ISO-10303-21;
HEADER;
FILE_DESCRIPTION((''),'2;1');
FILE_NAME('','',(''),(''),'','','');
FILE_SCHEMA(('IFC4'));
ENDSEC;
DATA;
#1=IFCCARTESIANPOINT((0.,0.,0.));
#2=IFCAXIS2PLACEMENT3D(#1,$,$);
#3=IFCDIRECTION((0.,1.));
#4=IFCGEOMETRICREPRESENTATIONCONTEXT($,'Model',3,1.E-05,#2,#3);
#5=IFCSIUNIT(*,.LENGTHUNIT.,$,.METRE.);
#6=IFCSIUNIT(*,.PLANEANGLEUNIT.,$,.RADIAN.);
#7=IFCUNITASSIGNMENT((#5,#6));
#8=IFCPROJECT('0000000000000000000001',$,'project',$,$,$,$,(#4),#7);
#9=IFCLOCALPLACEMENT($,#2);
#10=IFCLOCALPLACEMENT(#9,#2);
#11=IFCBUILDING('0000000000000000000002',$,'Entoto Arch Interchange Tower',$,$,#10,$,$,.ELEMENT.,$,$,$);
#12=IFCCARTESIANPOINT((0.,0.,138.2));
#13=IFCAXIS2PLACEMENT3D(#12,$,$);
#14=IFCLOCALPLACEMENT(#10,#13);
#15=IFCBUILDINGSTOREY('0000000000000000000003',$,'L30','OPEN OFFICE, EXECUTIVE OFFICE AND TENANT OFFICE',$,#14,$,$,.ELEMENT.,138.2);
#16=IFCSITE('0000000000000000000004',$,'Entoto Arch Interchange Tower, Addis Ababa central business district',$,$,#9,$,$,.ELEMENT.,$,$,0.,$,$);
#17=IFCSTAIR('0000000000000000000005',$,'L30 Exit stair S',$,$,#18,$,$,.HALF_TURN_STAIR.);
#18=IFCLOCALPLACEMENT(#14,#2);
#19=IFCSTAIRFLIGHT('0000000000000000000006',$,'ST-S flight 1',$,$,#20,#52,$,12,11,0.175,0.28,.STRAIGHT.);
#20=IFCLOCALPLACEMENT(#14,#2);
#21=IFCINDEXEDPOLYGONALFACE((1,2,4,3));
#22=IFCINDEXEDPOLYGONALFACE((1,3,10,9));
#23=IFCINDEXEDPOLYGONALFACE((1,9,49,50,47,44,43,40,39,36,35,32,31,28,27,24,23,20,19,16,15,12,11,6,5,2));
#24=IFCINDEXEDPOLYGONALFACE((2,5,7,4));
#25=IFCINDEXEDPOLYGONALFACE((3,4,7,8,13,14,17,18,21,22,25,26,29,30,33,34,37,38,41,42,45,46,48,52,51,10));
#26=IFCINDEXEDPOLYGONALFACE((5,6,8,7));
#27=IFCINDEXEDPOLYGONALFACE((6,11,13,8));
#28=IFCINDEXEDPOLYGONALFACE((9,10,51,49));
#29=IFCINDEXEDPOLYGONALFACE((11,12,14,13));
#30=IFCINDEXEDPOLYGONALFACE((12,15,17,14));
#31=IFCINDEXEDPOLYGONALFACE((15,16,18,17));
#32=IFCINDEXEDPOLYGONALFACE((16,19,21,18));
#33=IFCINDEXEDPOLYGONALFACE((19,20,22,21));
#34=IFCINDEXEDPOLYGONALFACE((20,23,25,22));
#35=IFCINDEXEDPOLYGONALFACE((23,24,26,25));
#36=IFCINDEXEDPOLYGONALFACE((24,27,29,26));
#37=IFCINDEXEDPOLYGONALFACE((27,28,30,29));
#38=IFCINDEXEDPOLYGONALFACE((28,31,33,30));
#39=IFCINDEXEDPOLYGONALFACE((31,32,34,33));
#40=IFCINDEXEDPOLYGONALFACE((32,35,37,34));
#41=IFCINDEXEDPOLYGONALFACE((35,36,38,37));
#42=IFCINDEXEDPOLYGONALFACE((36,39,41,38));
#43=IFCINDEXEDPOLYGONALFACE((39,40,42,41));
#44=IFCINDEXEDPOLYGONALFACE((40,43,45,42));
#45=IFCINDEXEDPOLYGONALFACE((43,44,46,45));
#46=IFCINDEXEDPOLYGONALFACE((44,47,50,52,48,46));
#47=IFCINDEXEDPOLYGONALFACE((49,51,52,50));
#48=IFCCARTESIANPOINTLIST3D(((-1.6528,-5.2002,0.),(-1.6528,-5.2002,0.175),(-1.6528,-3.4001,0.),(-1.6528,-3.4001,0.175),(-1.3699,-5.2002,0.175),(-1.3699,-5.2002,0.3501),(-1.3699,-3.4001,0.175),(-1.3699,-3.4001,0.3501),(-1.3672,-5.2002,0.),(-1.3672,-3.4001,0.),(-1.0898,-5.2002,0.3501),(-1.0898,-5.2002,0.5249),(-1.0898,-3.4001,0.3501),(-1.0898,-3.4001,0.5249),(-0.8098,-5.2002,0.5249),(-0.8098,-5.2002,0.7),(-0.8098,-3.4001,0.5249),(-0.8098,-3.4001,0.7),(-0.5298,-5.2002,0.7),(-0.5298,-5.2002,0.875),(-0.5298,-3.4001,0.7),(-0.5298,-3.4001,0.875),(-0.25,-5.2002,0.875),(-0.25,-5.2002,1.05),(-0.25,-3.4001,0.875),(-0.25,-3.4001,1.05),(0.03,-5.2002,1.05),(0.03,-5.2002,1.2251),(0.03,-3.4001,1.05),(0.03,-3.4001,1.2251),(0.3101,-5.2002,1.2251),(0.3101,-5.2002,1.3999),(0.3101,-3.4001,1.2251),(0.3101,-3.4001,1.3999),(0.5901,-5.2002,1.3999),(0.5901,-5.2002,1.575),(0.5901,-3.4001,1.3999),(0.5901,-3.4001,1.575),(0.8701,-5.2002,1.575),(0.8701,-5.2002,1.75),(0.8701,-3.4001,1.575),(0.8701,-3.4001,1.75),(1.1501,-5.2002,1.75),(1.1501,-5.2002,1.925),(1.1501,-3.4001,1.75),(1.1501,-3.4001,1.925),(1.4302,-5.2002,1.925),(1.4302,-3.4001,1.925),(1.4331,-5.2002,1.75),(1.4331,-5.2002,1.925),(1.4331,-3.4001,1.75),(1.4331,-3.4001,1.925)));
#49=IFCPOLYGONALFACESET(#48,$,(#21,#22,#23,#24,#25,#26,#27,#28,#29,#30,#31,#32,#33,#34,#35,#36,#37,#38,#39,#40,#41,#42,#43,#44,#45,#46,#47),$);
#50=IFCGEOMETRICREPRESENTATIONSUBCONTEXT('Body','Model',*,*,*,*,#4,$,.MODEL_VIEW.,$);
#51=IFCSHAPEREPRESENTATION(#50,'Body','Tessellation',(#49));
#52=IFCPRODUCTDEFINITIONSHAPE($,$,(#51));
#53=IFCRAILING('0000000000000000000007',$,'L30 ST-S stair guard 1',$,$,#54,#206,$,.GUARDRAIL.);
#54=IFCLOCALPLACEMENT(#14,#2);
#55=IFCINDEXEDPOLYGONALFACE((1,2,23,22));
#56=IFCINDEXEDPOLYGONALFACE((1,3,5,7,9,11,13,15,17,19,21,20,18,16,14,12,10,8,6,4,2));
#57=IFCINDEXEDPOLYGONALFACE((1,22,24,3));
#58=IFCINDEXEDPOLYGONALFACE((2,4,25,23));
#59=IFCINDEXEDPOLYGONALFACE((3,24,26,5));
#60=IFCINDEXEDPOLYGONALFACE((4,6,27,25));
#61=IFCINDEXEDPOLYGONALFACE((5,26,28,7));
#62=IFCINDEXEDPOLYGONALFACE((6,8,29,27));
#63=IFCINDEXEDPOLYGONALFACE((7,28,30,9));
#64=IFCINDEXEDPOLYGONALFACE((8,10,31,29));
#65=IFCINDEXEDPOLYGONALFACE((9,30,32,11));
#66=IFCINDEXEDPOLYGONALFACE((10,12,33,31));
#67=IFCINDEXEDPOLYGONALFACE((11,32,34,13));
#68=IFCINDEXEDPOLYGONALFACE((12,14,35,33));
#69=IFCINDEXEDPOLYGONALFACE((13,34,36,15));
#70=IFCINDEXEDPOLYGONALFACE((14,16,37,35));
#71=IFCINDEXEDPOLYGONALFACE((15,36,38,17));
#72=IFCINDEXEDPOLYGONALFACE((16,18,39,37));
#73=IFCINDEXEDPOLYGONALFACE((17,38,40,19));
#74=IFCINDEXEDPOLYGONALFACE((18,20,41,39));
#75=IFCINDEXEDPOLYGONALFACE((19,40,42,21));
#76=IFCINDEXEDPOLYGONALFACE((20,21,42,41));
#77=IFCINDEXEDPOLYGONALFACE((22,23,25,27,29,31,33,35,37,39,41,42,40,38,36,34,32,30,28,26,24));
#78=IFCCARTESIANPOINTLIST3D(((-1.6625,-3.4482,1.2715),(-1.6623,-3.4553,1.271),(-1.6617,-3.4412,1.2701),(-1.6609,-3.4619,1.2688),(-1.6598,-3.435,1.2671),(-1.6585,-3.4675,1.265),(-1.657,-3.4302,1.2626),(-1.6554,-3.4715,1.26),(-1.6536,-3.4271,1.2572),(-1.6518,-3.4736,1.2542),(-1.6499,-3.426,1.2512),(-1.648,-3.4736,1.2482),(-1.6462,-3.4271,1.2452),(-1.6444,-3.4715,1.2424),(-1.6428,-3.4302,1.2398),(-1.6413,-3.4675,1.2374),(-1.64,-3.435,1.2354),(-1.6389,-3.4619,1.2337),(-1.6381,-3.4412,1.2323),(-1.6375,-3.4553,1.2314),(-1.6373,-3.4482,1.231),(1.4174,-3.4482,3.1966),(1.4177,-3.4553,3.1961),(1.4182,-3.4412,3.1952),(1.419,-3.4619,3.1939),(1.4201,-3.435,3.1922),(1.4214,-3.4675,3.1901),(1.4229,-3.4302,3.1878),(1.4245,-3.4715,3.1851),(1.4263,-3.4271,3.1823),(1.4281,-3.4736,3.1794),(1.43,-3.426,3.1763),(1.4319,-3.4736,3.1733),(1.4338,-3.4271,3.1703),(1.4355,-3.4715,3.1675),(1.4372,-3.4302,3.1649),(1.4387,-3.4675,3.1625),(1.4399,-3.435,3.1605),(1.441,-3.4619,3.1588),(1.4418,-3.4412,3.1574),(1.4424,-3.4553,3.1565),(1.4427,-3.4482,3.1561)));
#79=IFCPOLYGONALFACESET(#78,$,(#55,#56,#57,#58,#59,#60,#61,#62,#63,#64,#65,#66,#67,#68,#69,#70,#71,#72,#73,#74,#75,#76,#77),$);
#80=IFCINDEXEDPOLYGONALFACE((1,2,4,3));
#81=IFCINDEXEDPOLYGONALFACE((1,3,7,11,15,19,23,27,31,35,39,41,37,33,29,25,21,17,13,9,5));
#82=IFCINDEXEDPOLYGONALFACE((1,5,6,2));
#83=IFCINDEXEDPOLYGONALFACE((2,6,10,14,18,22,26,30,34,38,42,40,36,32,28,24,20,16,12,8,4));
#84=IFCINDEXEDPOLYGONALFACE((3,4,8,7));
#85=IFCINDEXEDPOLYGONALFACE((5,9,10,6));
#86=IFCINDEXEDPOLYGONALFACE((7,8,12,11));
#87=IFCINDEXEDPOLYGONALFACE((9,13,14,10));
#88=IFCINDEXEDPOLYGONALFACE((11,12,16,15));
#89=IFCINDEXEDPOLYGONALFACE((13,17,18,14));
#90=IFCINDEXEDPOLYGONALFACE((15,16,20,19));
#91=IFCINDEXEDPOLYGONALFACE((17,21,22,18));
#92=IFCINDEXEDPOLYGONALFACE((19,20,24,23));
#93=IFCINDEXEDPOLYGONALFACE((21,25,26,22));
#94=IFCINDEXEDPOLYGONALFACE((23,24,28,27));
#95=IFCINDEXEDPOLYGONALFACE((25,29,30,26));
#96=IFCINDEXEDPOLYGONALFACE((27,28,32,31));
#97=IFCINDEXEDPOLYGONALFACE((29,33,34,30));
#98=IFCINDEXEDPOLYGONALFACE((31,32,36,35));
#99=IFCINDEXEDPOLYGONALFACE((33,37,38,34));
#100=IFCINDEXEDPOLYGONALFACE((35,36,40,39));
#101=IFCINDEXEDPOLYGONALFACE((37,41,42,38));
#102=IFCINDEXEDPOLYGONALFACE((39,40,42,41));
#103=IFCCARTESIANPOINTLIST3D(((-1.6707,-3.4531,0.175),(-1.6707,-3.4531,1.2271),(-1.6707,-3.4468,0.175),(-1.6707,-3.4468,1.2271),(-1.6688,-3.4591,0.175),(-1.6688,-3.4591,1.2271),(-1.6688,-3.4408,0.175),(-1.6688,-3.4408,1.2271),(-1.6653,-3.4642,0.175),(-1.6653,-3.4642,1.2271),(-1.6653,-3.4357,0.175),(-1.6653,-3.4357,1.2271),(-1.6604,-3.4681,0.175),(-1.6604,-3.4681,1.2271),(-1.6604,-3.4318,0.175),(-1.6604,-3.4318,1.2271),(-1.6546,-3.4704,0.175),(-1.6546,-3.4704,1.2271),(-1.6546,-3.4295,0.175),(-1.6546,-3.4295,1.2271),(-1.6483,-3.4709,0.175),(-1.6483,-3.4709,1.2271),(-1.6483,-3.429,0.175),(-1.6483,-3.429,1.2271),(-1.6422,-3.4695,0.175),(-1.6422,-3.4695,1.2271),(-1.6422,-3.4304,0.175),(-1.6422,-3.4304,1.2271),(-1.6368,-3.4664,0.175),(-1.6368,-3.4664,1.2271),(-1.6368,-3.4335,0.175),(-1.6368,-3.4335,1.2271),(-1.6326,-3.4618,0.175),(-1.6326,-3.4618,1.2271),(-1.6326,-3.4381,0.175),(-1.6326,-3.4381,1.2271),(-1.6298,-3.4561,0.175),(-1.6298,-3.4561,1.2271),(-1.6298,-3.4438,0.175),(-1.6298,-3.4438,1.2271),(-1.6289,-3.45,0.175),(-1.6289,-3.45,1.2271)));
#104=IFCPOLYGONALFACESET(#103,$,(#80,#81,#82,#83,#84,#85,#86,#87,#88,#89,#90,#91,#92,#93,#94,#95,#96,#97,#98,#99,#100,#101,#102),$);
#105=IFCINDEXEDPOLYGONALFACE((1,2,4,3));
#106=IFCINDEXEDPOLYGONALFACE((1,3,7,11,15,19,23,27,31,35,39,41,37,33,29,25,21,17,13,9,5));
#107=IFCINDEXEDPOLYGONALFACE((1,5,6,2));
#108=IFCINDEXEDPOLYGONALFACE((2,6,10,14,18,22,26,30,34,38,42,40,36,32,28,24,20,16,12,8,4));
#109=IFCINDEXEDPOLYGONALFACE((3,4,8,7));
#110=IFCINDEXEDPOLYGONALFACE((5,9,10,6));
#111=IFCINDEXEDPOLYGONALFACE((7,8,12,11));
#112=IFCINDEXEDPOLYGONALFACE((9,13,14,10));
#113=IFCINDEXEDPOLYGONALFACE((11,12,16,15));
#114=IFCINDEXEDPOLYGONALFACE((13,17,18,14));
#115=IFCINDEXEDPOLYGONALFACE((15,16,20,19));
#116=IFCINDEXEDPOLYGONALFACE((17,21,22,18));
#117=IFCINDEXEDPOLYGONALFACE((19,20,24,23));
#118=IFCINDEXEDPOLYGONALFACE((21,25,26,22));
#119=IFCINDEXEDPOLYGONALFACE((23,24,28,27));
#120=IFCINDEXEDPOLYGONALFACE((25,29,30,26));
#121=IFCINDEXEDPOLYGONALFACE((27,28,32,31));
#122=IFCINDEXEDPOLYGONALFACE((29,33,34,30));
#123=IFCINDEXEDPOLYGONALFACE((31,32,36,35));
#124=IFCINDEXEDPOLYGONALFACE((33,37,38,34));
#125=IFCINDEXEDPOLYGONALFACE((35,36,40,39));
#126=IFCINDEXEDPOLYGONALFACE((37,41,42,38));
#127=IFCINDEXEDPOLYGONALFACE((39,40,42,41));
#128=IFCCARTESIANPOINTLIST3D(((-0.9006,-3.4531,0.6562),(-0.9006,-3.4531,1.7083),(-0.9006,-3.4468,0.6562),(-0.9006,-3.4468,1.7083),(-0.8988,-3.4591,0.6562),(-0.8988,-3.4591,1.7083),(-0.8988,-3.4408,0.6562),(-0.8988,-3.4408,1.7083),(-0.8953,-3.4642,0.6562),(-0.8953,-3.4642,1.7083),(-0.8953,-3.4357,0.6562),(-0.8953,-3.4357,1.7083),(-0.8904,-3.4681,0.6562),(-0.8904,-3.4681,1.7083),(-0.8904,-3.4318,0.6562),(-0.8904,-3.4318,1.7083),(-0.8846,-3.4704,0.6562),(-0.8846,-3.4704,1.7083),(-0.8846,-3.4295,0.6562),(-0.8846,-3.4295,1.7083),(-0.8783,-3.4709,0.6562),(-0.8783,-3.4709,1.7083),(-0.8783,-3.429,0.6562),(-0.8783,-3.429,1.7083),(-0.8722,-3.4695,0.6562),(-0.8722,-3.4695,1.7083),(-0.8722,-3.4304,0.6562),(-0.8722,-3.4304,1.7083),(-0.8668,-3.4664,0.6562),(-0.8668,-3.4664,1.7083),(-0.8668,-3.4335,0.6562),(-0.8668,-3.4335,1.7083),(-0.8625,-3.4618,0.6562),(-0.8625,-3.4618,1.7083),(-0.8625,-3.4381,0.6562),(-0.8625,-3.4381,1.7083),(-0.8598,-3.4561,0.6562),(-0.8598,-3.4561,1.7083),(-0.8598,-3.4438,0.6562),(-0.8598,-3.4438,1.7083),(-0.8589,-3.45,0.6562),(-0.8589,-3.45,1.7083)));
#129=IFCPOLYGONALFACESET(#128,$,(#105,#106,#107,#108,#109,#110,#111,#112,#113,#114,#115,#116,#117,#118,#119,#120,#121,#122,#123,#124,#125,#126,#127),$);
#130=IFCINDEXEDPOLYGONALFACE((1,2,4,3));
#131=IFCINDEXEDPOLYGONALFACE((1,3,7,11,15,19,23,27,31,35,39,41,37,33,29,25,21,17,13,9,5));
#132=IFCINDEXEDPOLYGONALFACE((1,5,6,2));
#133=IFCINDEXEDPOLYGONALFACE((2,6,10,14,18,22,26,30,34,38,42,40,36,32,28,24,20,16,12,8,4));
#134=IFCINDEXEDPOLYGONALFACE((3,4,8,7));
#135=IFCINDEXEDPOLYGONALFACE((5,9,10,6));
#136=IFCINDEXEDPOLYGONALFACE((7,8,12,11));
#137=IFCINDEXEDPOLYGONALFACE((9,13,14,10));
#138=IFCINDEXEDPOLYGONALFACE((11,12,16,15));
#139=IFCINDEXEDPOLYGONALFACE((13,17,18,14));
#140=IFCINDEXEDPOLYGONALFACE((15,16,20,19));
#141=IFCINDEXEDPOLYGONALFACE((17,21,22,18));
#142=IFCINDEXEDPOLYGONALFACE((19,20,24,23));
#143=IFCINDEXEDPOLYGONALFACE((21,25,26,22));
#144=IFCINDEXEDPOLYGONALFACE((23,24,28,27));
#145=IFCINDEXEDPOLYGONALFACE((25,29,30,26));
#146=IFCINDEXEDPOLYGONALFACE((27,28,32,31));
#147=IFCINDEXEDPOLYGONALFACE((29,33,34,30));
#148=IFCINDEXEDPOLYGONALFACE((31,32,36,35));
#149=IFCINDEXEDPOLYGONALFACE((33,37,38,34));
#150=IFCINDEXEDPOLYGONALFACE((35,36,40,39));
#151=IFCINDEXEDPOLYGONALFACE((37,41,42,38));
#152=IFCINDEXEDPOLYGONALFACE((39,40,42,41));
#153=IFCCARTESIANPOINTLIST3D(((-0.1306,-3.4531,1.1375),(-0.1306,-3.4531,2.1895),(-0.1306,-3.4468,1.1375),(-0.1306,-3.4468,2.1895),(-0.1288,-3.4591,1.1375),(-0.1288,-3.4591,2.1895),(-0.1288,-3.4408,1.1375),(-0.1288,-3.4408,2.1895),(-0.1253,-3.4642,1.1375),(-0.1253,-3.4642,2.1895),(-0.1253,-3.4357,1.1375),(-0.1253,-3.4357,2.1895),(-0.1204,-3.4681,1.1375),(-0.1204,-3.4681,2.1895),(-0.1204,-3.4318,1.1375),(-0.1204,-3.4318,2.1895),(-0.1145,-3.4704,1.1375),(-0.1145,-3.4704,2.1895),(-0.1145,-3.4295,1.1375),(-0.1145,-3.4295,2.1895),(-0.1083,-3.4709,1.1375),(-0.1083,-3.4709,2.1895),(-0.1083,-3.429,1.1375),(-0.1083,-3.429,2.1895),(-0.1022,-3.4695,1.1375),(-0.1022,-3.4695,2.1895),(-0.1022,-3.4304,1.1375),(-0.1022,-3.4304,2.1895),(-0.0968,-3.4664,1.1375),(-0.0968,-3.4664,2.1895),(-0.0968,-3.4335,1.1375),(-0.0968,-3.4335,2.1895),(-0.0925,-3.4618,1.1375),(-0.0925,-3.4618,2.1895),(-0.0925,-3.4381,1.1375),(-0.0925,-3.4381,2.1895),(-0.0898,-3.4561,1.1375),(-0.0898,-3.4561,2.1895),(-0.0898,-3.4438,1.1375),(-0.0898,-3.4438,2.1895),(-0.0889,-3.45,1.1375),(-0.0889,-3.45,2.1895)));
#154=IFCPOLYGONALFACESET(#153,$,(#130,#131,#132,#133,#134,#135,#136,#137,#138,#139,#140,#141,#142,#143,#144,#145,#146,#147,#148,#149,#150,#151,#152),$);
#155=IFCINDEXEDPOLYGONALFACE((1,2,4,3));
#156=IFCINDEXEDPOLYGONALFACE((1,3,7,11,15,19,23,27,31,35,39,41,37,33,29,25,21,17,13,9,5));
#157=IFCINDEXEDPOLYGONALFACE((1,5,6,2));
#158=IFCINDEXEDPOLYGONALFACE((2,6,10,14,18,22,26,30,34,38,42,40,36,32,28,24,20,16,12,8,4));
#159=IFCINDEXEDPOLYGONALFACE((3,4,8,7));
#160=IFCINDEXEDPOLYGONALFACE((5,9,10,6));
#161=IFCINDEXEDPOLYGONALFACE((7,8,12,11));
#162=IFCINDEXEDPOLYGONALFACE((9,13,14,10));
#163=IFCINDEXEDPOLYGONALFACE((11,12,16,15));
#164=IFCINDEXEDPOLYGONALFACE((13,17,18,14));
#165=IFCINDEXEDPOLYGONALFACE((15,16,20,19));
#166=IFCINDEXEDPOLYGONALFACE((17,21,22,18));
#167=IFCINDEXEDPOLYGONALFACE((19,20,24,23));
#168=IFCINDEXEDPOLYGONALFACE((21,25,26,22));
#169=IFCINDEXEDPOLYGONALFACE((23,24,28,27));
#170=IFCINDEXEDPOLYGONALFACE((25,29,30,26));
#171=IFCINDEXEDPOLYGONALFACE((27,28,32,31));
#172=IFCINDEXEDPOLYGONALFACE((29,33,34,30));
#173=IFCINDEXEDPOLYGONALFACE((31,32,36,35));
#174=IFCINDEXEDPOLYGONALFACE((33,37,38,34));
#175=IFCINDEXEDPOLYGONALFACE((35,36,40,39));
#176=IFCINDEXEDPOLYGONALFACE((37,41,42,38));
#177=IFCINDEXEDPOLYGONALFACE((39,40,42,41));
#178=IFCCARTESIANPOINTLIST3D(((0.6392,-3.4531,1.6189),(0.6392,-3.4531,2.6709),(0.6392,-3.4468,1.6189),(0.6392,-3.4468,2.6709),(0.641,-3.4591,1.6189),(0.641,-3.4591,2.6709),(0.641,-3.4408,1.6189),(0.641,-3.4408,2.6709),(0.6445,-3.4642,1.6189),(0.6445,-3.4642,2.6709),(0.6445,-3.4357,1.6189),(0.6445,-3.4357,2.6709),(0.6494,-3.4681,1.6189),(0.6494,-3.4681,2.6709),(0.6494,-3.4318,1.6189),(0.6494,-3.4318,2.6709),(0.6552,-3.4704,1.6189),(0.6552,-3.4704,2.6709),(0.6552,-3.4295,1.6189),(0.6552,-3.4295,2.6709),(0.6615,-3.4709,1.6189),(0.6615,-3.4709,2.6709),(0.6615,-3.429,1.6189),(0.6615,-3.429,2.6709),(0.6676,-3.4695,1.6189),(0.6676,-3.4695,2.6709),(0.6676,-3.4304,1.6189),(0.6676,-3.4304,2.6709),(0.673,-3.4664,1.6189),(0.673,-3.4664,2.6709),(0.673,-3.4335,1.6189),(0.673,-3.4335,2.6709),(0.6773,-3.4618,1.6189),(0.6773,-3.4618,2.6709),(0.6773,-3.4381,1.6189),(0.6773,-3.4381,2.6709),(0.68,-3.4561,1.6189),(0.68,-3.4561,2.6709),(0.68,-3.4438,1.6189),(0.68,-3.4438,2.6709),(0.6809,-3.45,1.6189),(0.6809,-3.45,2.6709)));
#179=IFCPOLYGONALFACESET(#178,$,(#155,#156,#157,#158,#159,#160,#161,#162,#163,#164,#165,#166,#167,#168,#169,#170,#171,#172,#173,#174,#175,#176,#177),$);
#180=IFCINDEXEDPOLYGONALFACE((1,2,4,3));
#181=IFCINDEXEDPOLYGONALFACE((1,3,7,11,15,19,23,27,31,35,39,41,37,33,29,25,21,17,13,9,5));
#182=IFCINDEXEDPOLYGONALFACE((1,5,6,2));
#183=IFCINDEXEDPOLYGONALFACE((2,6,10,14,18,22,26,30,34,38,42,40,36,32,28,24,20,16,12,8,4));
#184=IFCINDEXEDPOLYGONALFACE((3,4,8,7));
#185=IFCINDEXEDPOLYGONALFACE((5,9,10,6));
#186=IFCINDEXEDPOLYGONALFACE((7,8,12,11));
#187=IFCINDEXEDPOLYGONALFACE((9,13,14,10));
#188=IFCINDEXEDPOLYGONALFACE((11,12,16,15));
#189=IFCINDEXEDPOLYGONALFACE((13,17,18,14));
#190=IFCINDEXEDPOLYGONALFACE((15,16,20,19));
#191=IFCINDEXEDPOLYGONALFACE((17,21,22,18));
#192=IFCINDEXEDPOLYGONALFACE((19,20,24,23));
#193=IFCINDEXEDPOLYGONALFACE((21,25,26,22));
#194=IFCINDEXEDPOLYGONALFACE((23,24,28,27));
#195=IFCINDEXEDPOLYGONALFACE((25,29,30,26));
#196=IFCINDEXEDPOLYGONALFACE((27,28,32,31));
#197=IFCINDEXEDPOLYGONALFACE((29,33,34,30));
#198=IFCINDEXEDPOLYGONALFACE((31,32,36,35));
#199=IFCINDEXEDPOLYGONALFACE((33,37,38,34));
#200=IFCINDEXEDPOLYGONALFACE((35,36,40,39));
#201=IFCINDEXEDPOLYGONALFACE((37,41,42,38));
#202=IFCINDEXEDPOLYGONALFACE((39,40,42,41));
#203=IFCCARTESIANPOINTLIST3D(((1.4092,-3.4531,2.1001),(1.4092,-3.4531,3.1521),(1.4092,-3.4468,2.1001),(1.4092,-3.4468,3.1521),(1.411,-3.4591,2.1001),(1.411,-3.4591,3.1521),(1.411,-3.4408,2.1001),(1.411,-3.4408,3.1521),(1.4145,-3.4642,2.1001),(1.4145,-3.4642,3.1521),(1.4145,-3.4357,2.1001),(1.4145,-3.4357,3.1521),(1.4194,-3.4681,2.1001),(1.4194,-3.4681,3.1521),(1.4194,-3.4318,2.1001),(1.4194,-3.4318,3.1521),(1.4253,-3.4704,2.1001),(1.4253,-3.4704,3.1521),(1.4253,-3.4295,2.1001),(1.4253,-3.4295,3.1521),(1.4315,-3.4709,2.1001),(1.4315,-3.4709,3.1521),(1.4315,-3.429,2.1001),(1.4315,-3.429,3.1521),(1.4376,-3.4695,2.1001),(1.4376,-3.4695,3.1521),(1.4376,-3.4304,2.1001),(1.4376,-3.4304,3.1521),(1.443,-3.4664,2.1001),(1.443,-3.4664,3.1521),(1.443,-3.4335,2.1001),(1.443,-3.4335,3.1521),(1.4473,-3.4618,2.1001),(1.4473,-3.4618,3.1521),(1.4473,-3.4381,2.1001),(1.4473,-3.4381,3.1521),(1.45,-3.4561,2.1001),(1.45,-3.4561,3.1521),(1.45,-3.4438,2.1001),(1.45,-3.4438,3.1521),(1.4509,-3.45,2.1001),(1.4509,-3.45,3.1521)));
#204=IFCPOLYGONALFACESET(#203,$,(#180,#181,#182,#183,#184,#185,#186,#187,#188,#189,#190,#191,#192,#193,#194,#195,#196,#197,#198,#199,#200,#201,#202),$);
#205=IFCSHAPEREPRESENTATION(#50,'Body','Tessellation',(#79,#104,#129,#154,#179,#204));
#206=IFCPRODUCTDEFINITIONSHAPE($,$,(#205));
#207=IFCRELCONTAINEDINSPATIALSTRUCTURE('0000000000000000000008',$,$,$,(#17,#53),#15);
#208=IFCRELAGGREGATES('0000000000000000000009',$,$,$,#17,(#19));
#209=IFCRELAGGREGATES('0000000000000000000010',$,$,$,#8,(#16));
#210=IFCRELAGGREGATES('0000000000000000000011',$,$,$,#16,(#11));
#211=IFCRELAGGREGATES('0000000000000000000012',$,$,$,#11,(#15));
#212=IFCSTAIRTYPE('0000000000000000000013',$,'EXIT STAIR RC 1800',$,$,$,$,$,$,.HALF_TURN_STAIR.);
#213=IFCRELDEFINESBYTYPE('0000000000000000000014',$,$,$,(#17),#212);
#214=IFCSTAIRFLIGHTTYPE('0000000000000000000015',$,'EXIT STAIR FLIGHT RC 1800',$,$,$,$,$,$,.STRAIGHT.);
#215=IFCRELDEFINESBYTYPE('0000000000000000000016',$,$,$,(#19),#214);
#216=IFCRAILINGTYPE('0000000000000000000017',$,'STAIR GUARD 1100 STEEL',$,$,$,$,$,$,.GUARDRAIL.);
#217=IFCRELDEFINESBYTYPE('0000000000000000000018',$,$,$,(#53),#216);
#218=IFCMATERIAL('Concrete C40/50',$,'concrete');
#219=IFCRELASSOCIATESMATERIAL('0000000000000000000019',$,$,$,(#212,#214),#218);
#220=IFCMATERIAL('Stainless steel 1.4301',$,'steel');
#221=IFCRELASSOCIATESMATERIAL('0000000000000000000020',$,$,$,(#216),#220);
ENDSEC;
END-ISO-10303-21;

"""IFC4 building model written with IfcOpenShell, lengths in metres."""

from ifc_helpers import new_model, si_unit, direction, frame, origin, origin_2d, place, context, subcontext, project, spatial, polyline, circle, outline, extrude, material, type_object, element, aggregate, save


model = new_model("IFC4")

# Units and contexts
model_context = context("Model", 3, precision=1e-05, world=origin(), true_north=direction((0.0, 1.0)))
body_context = subcontext(model_context, "Body", "Model", "MODEL_VIEW")
ifc_project = project(units=[si_unit("LENGTHUNIT", "METRE"), si_unit("PLANEANGLEUNIT", "RADIAN")], contexts=[model_context])

# Site, building, storey
site_placement = place(None, origin())
site = spatial("IfcSite", under=ifc_project, at=site_placement, Name="Entoto Arch Interchange Tower, Addis Ababa central business district", CompositionType="ELEMENT", RefElevation=0.0)
building_placement = place(site_placement, origin())
building = spatial("IfcBuilding", under=site, at=building_placement, Name="Entoto Arch Interchange Tower", CompositionType="ELEMENT")
storey_placement = place(building_placement, frame((0.0, 0.0, 138.2)))
storey = spatial("IfcBuildingStorey", under=building, at=storey_placement, Name="L30", Description="OPEN OFFICE, EXECUTIVE OFFICE AND TENANT OFFICE", CompositionType="ELEMENT", Elevation=138.2)

# Shared definitions
ifc_material_1 = material(Name="Concrete C40/50", Category="concrete")

# Stair, stair flight
stair_type = type_object("IfcStairType", Name="EXIT STAIR RC 1800", PredefinedType="HALF_TURN_STAIR", material=ifc_material_1)
stair_placement = place(storey_placement, origin())
stair = element("IfcStair", 1, at=stair_placement, inside=storey, type_object=stair_type, Name="L30 Exit stair S", PredefinedType="HALF_TURN_STAIR")
stair_flight_type = type_object("IfcStairFlightType", Name="EXIT STAIR FLIGHT RC 1800", PredefinedType="STRAIGHT", material=ifc_material_1)
stair_flight_placement = place(storey_placement, frame((-1.6499, -4.3, 0.0), z_axis=(0.0, 0.0, 1.0), x_axis=(1.0, 0.0, 0.0)))
stair_flight = element("IfcStairFlight", 2, at=stair_flight_placement, type_object=stair_flight_type, Name="ST-S flight 1", NumberOfRisers=12, NumberOfTreads=11, PredefinedType="STRAIGHT", RiserHeight=0.175, TreadLength=0.28, context=body_context, shape_type="SweptSolid", body=[
    extrude(outline(polyline([(-0.0029, 0.0), (-0.0029, 0.175), (0.28, 0.175), (0.28, 0.3501), (0.5601, 0.3501), (0.5601, 0.5249), (0.8401, 0.5249), (0.8401, 0.7), (1.1201, 0.7), (1.1201, 0.875), (1.3999, 0.875), (1.3999, 1.05), (1.6799, 1.05), (1.6799, 1.2251), (1.96, 1.2251), (1.96, 1.3999), (2.24, 1.3999), (2.24, 1.575), (2.52, 1.575), (2.52, 1.75), (2.8, 1.75), (2.8, 1.925), (3.0801, 1.925), (3.083, 1.925), (3.083, 1.75), (0.2827, 0.0), (-0.0029, 0.0)])), frame((0.0, 0.8999, 0.0), z_axis=(0.0, -1.0, 0.0), x_axis=(1.0, 0.0, 0.0)), (0.0, 0.0, 1.0), 1.8),
])
aggregate(stair, [stair_flight])

# Railing
ifc_material_2 = material(Name="Stainless steel 1.4301", Category="steel")
railing_type_1 = type_object("IfcRailingType", Name="STAIR GUARD 1100 STEEL", PredefinedType="GUARDRAIL", material=ifc_material_2)
railing_1_placement = place(storey_placement, frame((-1.6499, -3.45, 0.175)))
element("IfcRailing", 3, at=railing_1_placement, inside=storey, type_object=railing_type_1, Name="L30 ST-S stair guard 1", PredefinedType="GUARDRAIL", context=body_context, shape_type="SweptSolid", body=[
    extrude(circle(Radius=0.0239, at=origin_2d()), frame((0.0, 0.0, 1.0762), z_axis=(0.847979, 0.0, 0.530029), x_axis=(0.0, 1.0, 0.0)), (0.0, 0.0, 1.0), 3.6321),
    extrude(circle(Radius=0.021, at=origin_2d()), origin(), (0.0, 0.0, 1.0), 1.052),
    extrude(circle(Radius=0.021, at=origin_2d()), frame((0.77, 0.0, 0.4812)), (0.0, 0.0, 1.0), 1.052),
    extrude(circle(Radius=0.021, at=origin_2d()), frame((1.54, 0.0, 0.9624)), (0.0, 0.0, 1.0), 1.052),
    extrude(circle(Radius=0.021, at=origin_2d()), frame((2.3098, 0.0, 1.4438)), (0.0, 0.0, 1.0), 1.052),
    extrude(circle(Radius=0.021, at=origin_2d()), frame((3.0798, 0.0, 1.925)), (0.0, 0.0, 1.0), 1.052),
])

save(model, "model.ifc")
